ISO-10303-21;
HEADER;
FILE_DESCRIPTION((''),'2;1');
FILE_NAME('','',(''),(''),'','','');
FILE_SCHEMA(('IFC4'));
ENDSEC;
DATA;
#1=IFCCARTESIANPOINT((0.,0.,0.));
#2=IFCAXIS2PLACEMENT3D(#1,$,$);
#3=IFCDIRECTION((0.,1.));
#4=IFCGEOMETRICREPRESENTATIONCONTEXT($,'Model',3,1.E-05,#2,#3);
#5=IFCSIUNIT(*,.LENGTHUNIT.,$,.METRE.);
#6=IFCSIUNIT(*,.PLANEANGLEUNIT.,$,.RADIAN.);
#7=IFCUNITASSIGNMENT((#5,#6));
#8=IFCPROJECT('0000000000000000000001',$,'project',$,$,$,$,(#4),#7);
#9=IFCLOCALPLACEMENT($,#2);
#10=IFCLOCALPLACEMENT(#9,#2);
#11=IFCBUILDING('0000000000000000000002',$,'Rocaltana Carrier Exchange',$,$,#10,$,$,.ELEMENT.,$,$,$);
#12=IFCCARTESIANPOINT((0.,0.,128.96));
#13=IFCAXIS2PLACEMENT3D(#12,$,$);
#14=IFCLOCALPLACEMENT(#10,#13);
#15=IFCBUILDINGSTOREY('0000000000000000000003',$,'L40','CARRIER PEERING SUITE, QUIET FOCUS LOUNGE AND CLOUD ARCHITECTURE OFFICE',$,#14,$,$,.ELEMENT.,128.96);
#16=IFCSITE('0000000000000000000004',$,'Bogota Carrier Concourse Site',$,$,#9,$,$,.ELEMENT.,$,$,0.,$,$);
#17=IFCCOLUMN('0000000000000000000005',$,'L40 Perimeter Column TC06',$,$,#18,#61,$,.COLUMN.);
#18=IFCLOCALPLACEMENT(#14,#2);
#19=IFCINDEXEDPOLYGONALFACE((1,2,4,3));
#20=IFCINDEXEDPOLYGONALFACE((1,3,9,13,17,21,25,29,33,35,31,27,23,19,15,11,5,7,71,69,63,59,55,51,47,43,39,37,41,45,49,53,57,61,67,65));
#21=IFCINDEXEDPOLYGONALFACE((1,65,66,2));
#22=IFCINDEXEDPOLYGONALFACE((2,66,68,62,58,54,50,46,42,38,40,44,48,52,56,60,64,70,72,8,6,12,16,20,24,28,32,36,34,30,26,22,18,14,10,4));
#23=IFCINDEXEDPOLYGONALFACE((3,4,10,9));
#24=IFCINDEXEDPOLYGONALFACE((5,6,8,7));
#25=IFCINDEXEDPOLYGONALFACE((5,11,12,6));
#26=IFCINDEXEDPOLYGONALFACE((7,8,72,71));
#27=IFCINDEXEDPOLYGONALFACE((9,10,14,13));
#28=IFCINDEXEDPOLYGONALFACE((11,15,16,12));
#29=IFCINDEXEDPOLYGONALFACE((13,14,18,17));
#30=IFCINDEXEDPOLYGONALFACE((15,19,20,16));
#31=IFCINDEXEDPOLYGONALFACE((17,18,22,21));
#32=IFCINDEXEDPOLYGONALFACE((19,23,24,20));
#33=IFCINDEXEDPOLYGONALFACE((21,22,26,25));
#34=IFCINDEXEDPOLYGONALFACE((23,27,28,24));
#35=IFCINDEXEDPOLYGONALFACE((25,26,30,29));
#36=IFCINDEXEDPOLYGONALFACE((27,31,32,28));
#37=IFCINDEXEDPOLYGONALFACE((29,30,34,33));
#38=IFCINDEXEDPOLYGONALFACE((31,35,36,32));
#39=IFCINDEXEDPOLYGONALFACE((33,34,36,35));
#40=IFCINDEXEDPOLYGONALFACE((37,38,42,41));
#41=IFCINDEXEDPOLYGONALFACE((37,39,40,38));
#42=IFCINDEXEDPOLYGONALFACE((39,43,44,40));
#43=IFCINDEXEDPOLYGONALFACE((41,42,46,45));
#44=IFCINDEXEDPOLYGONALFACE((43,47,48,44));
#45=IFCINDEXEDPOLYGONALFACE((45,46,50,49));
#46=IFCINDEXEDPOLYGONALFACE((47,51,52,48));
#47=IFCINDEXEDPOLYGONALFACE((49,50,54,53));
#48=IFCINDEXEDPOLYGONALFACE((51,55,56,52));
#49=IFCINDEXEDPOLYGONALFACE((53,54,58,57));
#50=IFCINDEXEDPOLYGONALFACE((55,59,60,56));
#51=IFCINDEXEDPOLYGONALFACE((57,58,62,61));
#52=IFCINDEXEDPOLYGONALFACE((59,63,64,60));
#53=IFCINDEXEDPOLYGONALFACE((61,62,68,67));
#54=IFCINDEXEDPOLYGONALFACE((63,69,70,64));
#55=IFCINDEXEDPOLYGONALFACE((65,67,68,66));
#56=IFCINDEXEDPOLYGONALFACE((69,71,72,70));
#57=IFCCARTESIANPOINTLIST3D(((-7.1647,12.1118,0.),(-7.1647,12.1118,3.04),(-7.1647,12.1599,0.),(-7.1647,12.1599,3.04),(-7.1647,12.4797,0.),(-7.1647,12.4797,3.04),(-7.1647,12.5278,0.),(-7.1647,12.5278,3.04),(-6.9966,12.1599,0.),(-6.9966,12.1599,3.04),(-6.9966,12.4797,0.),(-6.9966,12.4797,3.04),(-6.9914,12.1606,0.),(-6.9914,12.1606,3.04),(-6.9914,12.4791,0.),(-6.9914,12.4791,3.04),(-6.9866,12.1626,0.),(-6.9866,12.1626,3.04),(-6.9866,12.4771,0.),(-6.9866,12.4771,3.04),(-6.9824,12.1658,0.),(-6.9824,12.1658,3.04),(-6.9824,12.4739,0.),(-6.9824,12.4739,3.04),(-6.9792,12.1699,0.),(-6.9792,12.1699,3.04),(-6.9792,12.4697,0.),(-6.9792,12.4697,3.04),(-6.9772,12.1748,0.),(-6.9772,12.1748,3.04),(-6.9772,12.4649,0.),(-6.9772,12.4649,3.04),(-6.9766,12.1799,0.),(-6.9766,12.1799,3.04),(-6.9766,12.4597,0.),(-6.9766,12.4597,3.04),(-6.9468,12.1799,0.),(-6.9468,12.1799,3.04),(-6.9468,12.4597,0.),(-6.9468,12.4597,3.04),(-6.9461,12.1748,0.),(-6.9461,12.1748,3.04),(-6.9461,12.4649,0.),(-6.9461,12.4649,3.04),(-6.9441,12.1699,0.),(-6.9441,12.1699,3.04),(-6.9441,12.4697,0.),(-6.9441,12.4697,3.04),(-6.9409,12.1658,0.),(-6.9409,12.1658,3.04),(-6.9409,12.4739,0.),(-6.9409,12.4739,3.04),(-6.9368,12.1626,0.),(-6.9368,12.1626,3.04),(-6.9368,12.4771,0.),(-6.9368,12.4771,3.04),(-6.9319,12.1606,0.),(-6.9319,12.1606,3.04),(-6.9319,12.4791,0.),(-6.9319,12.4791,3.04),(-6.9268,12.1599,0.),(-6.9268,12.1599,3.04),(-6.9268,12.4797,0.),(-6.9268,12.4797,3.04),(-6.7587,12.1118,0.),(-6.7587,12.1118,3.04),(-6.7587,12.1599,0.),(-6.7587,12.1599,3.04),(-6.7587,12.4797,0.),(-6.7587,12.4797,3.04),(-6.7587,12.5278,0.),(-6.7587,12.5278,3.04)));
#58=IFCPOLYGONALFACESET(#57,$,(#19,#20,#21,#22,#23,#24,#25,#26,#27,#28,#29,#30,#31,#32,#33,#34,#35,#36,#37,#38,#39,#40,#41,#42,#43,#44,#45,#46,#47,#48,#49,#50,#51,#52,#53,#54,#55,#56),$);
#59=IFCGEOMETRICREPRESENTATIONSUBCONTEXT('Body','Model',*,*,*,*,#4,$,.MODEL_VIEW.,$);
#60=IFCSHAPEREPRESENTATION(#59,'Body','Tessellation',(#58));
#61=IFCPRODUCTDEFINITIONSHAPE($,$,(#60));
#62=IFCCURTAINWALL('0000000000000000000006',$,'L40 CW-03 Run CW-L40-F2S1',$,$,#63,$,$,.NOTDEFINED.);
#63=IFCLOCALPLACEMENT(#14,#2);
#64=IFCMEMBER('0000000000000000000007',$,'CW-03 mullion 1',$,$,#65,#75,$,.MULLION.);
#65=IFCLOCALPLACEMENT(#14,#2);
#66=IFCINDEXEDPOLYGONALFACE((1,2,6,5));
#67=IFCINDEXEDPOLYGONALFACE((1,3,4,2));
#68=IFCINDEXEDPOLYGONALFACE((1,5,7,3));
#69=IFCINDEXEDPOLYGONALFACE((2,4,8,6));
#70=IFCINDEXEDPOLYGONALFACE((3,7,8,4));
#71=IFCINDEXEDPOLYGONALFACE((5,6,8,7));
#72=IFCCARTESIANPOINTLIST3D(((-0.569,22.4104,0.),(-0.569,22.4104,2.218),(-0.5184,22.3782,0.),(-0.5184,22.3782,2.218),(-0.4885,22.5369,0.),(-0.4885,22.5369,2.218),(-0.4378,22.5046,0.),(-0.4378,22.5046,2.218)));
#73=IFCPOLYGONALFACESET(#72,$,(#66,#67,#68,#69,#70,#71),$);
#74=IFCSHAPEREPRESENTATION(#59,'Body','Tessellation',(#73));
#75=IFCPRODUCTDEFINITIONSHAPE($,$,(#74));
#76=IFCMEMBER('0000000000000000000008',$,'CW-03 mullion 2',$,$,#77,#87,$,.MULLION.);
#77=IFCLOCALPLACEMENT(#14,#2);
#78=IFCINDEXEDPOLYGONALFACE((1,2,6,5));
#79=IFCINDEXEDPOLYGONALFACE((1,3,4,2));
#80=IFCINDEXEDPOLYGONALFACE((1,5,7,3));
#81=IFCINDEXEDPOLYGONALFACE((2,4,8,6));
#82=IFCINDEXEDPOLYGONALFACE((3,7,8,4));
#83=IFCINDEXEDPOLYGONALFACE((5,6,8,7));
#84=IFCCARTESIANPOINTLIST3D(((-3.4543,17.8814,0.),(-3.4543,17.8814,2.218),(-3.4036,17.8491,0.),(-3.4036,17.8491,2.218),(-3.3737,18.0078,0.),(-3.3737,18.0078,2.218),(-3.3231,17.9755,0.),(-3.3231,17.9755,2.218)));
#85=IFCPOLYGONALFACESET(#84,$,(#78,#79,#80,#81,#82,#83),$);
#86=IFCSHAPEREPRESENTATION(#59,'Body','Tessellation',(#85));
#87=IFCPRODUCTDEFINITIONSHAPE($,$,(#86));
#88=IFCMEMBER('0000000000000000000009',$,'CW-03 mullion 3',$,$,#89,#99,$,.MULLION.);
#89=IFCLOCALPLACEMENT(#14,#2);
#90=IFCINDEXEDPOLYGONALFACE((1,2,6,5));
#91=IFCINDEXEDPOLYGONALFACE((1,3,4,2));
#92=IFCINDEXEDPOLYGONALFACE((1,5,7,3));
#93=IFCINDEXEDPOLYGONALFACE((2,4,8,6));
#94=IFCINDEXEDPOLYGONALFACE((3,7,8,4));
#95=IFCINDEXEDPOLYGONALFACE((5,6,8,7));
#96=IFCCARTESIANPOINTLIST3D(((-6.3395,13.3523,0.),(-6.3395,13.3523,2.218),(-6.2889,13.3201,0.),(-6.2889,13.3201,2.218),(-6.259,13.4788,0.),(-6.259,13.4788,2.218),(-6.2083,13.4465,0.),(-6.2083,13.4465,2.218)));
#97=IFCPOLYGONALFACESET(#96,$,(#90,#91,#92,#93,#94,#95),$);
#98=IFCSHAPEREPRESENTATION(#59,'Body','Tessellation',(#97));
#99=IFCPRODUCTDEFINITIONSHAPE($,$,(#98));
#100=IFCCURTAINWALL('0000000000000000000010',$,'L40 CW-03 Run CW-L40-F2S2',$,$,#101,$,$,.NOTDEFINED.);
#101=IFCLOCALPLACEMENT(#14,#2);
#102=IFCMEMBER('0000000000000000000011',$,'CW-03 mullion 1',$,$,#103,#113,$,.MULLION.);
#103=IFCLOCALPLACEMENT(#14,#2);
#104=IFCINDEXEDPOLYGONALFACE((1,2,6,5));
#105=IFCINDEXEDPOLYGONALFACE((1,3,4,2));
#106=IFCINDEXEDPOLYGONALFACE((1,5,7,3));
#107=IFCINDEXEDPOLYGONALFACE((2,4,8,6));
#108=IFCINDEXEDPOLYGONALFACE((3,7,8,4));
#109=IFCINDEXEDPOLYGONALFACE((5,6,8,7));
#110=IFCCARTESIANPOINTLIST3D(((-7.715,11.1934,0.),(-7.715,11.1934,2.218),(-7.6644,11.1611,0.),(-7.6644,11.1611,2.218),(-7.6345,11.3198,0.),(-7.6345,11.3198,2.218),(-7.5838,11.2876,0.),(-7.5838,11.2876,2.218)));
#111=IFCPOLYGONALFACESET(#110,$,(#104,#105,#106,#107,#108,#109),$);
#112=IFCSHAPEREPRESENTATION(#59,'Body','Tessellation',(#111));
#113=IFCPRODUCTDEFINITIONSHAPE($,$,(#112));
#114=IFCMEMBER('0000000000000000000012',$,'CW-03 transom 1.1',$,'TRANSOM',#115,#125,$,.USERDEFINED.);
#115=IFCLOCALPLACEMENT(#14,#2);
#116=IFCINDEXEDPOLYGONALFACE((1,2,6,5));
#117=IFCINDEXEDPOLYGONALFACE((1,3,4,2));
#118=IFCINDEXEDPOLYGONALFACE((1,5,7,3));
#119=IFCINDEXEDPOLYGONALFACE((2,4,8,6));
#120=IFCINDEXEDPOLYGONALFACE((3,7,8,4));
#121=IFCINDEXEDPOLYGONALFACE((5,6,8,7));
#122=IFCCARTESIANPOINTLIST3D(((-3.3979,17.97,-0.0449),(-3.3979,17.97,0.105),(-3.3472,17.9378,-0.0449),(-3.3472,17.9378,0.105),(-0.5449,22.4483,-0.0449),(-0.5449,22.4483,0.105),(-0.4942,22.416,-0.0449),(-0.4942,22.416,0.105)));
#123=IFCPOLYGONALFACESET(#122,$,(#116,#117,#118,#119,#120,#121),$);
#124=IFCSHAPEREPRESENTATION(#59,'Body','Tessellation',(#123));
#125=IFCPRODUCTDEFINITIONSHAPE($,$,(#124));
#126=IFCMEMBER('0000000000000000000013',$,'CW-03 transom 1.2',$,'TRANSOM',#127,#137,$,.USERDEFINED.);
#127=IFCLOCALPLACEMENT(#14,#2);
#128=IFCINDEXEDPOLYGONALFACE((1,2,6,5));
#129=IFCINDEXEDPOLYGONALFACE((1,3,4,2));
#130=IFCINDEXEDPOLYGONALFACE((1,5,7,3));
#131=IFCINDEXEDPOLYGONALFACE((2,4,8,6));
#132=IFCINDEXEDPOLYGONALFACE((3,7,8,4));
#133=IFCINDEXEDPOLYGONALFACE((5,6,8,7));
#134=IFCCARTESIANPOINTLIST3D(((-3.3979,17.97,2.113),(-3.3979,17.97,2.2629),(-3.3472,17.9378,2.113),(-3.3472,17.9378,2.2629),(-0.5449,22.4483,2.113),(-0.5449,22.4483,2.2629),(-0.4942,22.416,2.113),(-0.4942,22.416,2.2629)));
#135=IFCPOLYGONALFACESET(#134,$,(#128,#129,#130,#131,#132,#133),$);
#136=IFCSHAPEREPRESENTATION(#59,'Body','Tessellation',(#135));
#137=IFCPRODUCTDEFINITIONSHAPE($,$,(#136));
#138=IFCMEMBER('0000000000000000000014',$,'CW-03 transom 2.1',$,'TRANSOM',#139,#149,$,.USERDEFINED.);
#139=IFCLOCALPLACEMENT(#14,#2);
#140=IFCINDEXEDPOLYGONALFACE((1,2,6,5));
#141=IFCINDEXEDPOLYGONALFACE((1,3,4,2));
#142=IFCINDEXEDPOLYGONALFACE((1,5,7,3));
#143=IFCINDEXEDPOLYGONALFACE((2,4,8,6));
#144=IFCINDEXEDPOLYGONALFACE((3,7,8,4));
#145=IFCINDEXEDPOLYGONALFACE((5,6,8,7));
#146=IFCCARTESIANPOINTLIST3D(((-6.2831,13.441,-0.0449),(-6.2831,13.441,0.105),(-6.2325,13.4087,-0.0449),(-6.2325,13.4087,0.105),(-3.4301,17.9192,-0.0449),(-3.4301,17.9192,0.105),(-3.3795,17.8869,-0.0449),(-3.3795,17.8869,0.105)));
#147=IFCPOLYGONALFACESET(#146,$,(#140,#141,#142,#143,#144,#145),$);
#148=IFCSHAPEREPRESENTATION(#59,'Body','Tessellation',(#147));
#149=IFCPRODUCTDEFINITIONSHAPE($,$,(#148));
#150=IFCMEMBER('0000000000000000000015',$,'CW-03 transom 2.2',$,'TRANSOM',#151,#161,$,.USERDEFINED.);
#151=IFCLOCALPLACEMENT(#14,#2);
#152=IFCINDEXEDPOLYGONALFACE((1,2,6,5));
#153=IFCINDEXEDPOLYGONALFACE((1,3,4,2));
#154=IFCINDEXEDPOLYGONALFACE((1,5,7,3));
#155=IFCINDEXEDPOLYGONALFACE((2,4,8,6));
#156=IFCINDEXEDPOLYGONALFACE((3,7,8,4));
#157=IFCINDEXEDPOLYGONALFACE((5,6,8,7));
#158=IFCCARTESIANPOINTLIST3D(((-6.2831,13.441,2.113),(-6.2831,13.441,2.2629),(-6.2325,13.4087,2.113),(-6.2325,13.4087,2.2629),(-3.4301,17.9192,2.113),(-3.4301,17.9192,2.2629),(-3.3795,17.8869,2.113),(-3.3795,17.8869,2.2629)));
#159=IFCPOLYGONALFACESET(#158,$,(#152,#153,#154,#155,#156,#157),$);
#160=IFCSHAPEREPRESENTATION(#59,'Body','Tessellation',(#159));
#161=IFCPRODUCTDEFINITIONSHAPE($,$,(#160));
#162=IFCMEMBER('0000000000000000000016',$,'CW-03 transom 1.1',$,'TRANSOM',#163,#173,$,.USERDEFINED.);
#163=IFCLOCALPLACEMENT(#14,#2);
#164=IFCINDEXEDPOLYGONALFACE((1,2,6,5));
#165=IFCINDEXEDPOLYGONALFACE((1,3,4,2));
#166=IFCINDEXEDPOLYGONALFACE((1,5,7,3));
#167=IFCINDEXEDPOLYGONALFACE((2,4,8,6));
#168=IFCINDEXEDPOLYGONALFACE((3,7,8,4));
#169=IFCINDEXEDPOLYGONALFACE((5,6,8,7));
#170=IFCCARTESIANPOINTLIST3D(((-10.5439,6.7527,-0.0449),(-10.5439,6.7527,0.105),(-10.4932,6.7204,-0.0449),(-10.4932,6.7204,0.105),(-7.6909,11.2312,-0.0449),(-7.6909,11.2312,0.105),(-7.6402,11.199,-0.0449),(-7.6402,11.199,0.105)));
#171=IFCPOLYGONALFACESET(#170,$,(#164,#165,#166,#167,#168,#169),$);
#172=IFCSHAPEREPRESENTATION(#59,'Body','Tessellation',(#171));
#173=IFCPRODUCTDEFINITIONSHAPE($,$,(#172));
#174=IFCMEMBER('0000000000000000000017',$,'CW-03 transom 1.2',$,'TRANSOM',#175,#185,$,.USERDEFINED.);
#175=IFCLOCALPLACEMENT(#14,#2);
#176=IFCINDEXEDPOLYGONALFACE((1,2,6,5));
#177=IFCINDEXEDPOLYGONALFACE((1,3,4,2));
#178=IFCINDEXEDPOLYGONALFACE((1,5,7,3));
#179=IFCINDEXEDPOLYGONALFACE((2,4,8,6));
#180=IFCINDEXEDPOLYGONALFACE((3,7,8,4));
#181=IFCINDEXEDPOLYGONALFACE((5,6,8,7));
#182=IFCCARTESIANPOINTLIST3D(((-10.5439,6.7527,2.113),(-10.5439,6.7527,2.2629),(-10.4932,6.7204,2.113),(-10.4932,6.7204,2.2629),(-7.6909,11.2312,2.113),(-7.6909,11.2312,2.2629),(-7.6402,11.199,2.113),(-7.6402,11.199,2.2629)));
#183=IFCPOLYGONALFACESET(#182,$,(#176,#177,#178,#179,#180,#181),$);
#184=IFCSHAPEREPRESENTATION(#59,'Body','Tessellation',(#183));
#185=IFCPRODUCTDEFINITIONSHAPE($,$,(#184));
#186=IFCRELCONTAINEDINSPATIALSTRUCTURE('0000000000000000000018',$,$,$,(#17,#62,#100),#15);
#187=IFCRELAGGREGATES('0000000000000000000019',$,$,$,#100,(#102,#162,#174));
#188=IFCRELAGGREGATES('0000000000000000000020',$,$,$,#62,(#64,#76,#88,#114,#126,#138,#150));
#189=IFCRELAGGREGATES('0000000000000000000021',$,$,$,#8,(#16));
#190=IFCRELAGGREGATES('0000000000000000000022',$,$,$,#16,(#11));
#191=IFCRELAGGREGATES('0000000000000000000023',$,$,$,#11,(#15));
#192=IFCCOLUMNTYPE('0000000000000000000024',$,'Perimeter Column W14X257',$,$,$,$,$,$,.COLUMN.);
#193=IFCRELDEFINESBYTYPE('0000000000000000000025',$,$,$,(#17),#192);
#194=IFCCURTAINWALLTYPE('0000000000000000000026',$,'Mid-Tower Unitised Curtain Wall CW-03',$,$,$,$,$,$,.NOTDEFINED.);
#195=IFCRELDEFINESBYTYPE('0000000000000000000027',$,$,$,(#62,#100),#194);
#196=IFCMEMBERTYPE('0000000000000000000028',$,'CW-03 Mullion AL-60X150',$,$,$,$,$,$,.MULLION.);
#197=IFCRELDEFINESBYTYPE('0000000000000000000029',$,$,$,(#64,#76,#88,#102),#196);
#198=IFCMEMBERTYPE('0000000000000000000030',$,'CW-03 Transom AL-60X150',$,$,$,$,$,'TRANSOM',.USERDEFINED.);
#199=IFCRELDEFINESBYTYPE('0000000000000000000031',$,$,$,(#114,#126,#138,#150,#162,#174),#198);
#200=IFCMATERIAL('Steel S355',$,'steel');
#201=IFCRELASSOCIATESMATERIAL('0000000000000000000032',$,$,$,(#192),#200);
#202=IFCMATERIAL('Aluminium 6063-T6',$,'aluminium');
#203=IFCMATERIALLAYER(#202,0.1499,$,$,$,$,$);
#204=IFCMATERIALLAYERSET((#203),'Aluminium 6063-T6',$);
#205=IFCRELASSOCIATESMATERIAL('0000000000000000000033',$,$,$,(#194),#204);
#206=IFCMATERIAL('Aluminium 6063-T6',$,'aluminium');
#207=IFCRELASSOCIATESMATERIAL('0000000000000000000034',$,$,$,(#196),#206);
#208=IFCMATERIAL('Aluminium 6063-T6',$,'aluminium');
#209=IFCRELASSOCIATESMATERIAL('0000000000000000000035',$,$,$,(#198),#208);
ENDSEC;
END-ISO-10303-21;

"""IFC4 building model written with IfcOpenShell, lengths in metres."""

from ifc_helpers import new_model, si_unit, direction, frame, origin, origin_2d, place, context, subcontext, project, spatial, rectangle, i_section, extrude, material, layer, layer_set, material_profile, profile_set, type_object, element, aggregate, save


model = new_model("IFC4")

# Units and contexts
model_context = context("Model", 3, precision=1e-05, world=origin(), true_north=direction((0.0, 1.0)))
body_context = subcontext(model_context, "Body", "Model", "MODEL_VIEW")
ifc_project = project(units=[si_unit("LENGTHUNIT", "METRE"), si_unit("PLANEANGLEUNIT", "RADIAN")], contexts=[model_context])

# Site, building, storey
site_placement = place(None, origin())
site = spatial("IfcSite", under=ifc_project, at=site_placement, Name="Bogota Carrier Concourse Site", CompositionType="ELEMENT", RefElevation=0.0)
building_placement = place(site_placement, origin())
building = spatial("IfcBuilding", under=site, at=building_placement, Name="Rocaltana Carrier Exchange", CompositionType="ELEMENT")
storey_placement = place(building_placement, frame((0.0, 0.0, 128.96)))
storey = spatial("IfcBuildingStorey", under=building, at=storey_placement, Name="L40", Description="CARRIER PEERING SUITE, QUIET FOCUS LOUNGE AND CLOUD ARCHITECTURE OFFICE", CompositionType="ELEMENT", Elevation=128.96)

# Column
ifc_material_1 = material(Name="Steel S355", Category="steel")
ifc_material_profile_1 = material_profile(ifc_material_1, i_section(OverallWidth=0.406, OverallDepth=0.416, WebThickness=0.0298, FlangeThickness=0.0481, FilletRadius=0.02, at=origin_2d()), Name="W14X257")
ifc_profile_set_1 = profile_set([ifc_material_profile_1], Name="Steel S355")
column_type = type_object("IfcColumnType", Name="Perimeter Column W14X257", PredefinedType="COLUMN", material=ifc_profile_set_1)
column_placement = place(storey_placement, frame((-6.9617, 12.3198, 0.0), z_axis=(0.0, 0.0, 1.0), x_axis=(1.0, 0.0, 0.0)))
element("IfcColumn", 1, at=column_placement, inside=storey, type_object=column_type, Name="L40 Perimeter Column TC06", PredefinedType="COLUMN", context=body_context, shape_type="SweptSolid", body=[
    extrude(i_section(OverallWidth=0.406, OverallDepth=0.416, WebThickness=0.0298, FlangeThickness=0.0481, FilletRadius=0.02, at=origin_2d()), origin(), (0.0, 0.0, 1.0), 3.04),
])

# Curtain wall, members
ifc_material_2 = material(Name="Aluminium 6063-T6", Category="aluminium")
ifc_layer_1 = layer(ifc_material_2, 0.1499)
ifc_layer_set_1 = layer_set([ifc_layer_1], Name="Aluminium 6063-T6")
curtain_wall_type = type_object("IfcCurtainWallType", Name="Mid-Tower Unitised Curtain Wall CW-03", PredefinedType="NOTDEFINED", material=ifc_layer_set_1)
curtain_wall_1_placement = place(storey_placement, origin())
curtain_wall_1 = element("IfcCurtainWall", 2, at=curtain_wall_1_placement, inside=storey, type_object=curtain_wall_type, Name="L40 CW-03 Run CW-L40-F2S1", PredefinedType="NOTDEFINED")
ifc_material_3 = material(Name="Aluminium 6063-T6", Category="aluminium")
ifc_material_profile_2 = material_profile(ifc_material_3, rectangle(XDim=0.0601, YDim=0.1499, at=origin_2d()), Name="AL-60X150")
ifc_profile_set_2 = profile_set([ifc_material_profile_2], Name="Aluminium 6063-T6")
member_type_1 = type_object("IfcMemberType", Name="CW-03 Mullion AL-60X150", PredefinedType="MULLION", material=ifc_profile_set_2)
member_1_placement = place(storey_placement, frame((-0.5034, 22.4575, 0.0), z_axis=(0.0, 0.0, 1.0), x_axis=(0.843391, -0.537301, 0.0)))
member_1 = element("IfcMember", 3, at=member_1_placement, type_object=member_type_1, Name="CW-03 mullion 1", PredefinedType="MULLION", context=body_context, shape_type="SweptSolid", body=[
    extrude(rectangle(XDim=0.0601, YDim=0.1499, at=origin_2d()), origin(), (0.0, 0.0, 1.0), 2.218),
])
member_2_placement = place(storey_placement, frame((-3.3887, 17.9285, 0.0), z_axis=(0.0, 0.0, 1.0), x_axis=(0.843391, -0.537301, 0.0)))
member_2 = element("IfcMember", 4, at=member_2_placement, type_object=member_type_1, Name="CW-03 mullion 2", PredefinedType="MULLION", context=body_context, shape_type="SweptSolid", body=[
    extrude(rectangle(XDim=0.0601, YDim=0.1499, at=origin_2d()), origin(), (0.0, 0.0, 1.0), 2.218),
])
member_3_placement = place(storey_placement, frame((-6.2739, 13.3994, 0.0), z_axis=(0.0, 0.0, 1.0), x_axis=(0.843391, -0.537301, 0.0)))
member_3 = element("IfcMember", 5, at=member_3_placement, type_object=member_type_1, Name="CW-03 mullion 3", PredefinedType="MULLION", context=body_context, shape_type="SweptSolid", body=[
    extrude(rectangle(XDim=0.0601, YDim=0.1499, at=origin_2d()), origin(), (0.0, 0.0, 1.0), 2.218),
])

# Curtain wall, member
curtain_wall_2_placement = place(storey_placement, origin())
curtain_wall_2 = element("IfcCurtainWall", 6, at=curtain_wall_2_placement, inside=storey, type_object=curtain_wall_type, Name="L40 CW-03 Run CW-L40-F2S2", PredefinedType="NOTDEFINED")
member_4_placement = place(storey_placement, frame((-7.6494, 11.2405, 0.0), z_axis=(0.0, 0.0, 1.0), x_axis=(0.843391, -0.537301, 0.0)))
member_4 = element("IfcMember", 7, at=member_4_placement, type_object=member_type_1, Name="CW-03 mullion 1", PredefinedType="MULLION", context=body_context, shape_type="SweptSolid", body=[
    extrude(rectangle(XDim=0.0601, YDim=0.1499, at=origin_2d()), origin(), (0.0, 0.0, 1.0), 2.218),
])

# Members
ifc_material_4 = material(Name="Aluminium 6063-T6", Category="aluminium")
ifc_material_profile_3 = material_profile(ifc_material_4, rectangle(XDim=0.0601, YDim=0.1499, at=origin_2d()), Name="AL-60X150")
ifc_profile_set_3 = profile_set([ifc_material_profile_3], Name="Aluminium 6063-T6")
member_type_2 = type_object("IfcMemberType", Name="CW-03 Transom AL-60X150", ElementType="TRANSOM", PredefinedType="USERDEFINED", material=ifc_profile_set_3)
member_5_placement = place(storey_placement, frame((-0.5195, 22.4321, 0.03), z_axis=(-0.537307, -0.843387, 0.0), x_axis=(0.843387, -0.537307, 0.0)))
member_5 = element("IfcMember", 8, at=member_5_placement, type_object=member_type_2, Name="CW-03 transom 1.1", ObjectType="TRANSOM", PredefinedType="USERDEFINED", context=body_context, shape_type="SweptSolid", body=[
    extrude(rectangle(XDim=0.0601, YDim=0.1499, at=origin_2d()), origin(), (0.0, 0.0, 1.0), 5.3098),
])
member_6_placement = place(storey_placement, frame((-0.5195, 22.4321, 2.188), z_axis=(-0.537307, -0.843387, 0.0), x_axis=(0.843387, -0.537307, 0.0)))
member_6 = element("IfcMember", 9, at=member_6_placement, type_object=member_type_2, Name="CW-03 transom 1.2", ObjectType="TRANSOM", PredefinedType="USERDEFINED", context=body_context, shape_type="SweptSolid", body=[
    extrude(rectangle(XDim=0.0601, YDim=0.1499, at=origin_2d()), origin(), (0.0, 0.0, 1.0), 5.3098),
])
member_7_placement = place(storey_placement, frame((-3.4048, 17.9031, 0.03), z_axis=(-0.537307, -0.843387, 0.0), x_axis=(0.843387, -0.537307, 0.0)))
member_7 = element("IfcMember", 10, at=member_7_placement, type_object=member_type_2, Name="CW-03 transom 2.1", ObjectType="TRANSOM", PredefinedType="USERDEFINED", context=body_context, shape_type="SweptSolid", body=[
    extrude(rectangle(XDim=0.0601, YDim=0.1499, at=origin_2d()), origin(), (0.0, 0.0, 1.0), 5.3098),
])
member_8_placement = place(storey_placement, frame((-3.4048, 17.9031, 2.188), z_axis=(-0.537307, -0.843387, 0.0), x_axis=(0.843387, -0.537307, 0.0)))
member_8 = element("IfcMember", 11, at=member_8_placement, type_object=member_type_2, Name="CW-03 transom 2.2", ObjectType="TRANSOM", PredefinedType="USERDEFINED", context=body_context, shape_type="SweptSolid", body=[
    extrude(rectangle(XDim=0.0601, YDim=0.1499, at=origin_2d()), origin(), (0.0, 0.0, 1.0), 5.3098),
])
member_9_placement = place(storey_placement, frame((-7.6655, 11.2151, 0.03), z_axis=(-0.537286, -0.8434, 0.0), x_axis=(0.8434, -0.537286, 0.0)))
member_9 = element("IfcMember", 12, at=member_9_placement, type_object=member_type_2, Name="CW-03 transom 1.1", ObjectType="TRANSOM", PredefinedType="USERDEFINED", context=body_context, shape_type="SweptSolid", body=[
    extrude(rectangle(XDim=0.0601, YDim=0.1499, at=origin_2d()), origin(), (0.0, 0.0, 1.0), 5.3101),
])
member_10_placement = place(storey_placement, frame((-7.6655, 11.2151, 2.188), z_axis=(-0.537286, -0.8434, 0.0), x_axis=(0.8434, -0.537286, 0.0)))
member_10 = element("IfcMember", 13, at=member_10_placement, type_object=member_type_2, Name="CW-03 transom 1.2", ObjectType="TRANSOM", PredefinedType="USERDEFINED", context=body_context, shape_type="SweptSolid", body=[
    extrude(rectangle(XDim=0.0601, YDim=0.1499, at=origin_2d()), origin(), (0.0, 0.0, 1.0), 5.3101),
])
aggregate(curtain_wall_2, [member_4, member_9, member_10])

aggregate(curtain_wall_1, [member_1, member_2, member_3, member_5, member_6, member_7, member_8])

save(model, "model.ifc")
